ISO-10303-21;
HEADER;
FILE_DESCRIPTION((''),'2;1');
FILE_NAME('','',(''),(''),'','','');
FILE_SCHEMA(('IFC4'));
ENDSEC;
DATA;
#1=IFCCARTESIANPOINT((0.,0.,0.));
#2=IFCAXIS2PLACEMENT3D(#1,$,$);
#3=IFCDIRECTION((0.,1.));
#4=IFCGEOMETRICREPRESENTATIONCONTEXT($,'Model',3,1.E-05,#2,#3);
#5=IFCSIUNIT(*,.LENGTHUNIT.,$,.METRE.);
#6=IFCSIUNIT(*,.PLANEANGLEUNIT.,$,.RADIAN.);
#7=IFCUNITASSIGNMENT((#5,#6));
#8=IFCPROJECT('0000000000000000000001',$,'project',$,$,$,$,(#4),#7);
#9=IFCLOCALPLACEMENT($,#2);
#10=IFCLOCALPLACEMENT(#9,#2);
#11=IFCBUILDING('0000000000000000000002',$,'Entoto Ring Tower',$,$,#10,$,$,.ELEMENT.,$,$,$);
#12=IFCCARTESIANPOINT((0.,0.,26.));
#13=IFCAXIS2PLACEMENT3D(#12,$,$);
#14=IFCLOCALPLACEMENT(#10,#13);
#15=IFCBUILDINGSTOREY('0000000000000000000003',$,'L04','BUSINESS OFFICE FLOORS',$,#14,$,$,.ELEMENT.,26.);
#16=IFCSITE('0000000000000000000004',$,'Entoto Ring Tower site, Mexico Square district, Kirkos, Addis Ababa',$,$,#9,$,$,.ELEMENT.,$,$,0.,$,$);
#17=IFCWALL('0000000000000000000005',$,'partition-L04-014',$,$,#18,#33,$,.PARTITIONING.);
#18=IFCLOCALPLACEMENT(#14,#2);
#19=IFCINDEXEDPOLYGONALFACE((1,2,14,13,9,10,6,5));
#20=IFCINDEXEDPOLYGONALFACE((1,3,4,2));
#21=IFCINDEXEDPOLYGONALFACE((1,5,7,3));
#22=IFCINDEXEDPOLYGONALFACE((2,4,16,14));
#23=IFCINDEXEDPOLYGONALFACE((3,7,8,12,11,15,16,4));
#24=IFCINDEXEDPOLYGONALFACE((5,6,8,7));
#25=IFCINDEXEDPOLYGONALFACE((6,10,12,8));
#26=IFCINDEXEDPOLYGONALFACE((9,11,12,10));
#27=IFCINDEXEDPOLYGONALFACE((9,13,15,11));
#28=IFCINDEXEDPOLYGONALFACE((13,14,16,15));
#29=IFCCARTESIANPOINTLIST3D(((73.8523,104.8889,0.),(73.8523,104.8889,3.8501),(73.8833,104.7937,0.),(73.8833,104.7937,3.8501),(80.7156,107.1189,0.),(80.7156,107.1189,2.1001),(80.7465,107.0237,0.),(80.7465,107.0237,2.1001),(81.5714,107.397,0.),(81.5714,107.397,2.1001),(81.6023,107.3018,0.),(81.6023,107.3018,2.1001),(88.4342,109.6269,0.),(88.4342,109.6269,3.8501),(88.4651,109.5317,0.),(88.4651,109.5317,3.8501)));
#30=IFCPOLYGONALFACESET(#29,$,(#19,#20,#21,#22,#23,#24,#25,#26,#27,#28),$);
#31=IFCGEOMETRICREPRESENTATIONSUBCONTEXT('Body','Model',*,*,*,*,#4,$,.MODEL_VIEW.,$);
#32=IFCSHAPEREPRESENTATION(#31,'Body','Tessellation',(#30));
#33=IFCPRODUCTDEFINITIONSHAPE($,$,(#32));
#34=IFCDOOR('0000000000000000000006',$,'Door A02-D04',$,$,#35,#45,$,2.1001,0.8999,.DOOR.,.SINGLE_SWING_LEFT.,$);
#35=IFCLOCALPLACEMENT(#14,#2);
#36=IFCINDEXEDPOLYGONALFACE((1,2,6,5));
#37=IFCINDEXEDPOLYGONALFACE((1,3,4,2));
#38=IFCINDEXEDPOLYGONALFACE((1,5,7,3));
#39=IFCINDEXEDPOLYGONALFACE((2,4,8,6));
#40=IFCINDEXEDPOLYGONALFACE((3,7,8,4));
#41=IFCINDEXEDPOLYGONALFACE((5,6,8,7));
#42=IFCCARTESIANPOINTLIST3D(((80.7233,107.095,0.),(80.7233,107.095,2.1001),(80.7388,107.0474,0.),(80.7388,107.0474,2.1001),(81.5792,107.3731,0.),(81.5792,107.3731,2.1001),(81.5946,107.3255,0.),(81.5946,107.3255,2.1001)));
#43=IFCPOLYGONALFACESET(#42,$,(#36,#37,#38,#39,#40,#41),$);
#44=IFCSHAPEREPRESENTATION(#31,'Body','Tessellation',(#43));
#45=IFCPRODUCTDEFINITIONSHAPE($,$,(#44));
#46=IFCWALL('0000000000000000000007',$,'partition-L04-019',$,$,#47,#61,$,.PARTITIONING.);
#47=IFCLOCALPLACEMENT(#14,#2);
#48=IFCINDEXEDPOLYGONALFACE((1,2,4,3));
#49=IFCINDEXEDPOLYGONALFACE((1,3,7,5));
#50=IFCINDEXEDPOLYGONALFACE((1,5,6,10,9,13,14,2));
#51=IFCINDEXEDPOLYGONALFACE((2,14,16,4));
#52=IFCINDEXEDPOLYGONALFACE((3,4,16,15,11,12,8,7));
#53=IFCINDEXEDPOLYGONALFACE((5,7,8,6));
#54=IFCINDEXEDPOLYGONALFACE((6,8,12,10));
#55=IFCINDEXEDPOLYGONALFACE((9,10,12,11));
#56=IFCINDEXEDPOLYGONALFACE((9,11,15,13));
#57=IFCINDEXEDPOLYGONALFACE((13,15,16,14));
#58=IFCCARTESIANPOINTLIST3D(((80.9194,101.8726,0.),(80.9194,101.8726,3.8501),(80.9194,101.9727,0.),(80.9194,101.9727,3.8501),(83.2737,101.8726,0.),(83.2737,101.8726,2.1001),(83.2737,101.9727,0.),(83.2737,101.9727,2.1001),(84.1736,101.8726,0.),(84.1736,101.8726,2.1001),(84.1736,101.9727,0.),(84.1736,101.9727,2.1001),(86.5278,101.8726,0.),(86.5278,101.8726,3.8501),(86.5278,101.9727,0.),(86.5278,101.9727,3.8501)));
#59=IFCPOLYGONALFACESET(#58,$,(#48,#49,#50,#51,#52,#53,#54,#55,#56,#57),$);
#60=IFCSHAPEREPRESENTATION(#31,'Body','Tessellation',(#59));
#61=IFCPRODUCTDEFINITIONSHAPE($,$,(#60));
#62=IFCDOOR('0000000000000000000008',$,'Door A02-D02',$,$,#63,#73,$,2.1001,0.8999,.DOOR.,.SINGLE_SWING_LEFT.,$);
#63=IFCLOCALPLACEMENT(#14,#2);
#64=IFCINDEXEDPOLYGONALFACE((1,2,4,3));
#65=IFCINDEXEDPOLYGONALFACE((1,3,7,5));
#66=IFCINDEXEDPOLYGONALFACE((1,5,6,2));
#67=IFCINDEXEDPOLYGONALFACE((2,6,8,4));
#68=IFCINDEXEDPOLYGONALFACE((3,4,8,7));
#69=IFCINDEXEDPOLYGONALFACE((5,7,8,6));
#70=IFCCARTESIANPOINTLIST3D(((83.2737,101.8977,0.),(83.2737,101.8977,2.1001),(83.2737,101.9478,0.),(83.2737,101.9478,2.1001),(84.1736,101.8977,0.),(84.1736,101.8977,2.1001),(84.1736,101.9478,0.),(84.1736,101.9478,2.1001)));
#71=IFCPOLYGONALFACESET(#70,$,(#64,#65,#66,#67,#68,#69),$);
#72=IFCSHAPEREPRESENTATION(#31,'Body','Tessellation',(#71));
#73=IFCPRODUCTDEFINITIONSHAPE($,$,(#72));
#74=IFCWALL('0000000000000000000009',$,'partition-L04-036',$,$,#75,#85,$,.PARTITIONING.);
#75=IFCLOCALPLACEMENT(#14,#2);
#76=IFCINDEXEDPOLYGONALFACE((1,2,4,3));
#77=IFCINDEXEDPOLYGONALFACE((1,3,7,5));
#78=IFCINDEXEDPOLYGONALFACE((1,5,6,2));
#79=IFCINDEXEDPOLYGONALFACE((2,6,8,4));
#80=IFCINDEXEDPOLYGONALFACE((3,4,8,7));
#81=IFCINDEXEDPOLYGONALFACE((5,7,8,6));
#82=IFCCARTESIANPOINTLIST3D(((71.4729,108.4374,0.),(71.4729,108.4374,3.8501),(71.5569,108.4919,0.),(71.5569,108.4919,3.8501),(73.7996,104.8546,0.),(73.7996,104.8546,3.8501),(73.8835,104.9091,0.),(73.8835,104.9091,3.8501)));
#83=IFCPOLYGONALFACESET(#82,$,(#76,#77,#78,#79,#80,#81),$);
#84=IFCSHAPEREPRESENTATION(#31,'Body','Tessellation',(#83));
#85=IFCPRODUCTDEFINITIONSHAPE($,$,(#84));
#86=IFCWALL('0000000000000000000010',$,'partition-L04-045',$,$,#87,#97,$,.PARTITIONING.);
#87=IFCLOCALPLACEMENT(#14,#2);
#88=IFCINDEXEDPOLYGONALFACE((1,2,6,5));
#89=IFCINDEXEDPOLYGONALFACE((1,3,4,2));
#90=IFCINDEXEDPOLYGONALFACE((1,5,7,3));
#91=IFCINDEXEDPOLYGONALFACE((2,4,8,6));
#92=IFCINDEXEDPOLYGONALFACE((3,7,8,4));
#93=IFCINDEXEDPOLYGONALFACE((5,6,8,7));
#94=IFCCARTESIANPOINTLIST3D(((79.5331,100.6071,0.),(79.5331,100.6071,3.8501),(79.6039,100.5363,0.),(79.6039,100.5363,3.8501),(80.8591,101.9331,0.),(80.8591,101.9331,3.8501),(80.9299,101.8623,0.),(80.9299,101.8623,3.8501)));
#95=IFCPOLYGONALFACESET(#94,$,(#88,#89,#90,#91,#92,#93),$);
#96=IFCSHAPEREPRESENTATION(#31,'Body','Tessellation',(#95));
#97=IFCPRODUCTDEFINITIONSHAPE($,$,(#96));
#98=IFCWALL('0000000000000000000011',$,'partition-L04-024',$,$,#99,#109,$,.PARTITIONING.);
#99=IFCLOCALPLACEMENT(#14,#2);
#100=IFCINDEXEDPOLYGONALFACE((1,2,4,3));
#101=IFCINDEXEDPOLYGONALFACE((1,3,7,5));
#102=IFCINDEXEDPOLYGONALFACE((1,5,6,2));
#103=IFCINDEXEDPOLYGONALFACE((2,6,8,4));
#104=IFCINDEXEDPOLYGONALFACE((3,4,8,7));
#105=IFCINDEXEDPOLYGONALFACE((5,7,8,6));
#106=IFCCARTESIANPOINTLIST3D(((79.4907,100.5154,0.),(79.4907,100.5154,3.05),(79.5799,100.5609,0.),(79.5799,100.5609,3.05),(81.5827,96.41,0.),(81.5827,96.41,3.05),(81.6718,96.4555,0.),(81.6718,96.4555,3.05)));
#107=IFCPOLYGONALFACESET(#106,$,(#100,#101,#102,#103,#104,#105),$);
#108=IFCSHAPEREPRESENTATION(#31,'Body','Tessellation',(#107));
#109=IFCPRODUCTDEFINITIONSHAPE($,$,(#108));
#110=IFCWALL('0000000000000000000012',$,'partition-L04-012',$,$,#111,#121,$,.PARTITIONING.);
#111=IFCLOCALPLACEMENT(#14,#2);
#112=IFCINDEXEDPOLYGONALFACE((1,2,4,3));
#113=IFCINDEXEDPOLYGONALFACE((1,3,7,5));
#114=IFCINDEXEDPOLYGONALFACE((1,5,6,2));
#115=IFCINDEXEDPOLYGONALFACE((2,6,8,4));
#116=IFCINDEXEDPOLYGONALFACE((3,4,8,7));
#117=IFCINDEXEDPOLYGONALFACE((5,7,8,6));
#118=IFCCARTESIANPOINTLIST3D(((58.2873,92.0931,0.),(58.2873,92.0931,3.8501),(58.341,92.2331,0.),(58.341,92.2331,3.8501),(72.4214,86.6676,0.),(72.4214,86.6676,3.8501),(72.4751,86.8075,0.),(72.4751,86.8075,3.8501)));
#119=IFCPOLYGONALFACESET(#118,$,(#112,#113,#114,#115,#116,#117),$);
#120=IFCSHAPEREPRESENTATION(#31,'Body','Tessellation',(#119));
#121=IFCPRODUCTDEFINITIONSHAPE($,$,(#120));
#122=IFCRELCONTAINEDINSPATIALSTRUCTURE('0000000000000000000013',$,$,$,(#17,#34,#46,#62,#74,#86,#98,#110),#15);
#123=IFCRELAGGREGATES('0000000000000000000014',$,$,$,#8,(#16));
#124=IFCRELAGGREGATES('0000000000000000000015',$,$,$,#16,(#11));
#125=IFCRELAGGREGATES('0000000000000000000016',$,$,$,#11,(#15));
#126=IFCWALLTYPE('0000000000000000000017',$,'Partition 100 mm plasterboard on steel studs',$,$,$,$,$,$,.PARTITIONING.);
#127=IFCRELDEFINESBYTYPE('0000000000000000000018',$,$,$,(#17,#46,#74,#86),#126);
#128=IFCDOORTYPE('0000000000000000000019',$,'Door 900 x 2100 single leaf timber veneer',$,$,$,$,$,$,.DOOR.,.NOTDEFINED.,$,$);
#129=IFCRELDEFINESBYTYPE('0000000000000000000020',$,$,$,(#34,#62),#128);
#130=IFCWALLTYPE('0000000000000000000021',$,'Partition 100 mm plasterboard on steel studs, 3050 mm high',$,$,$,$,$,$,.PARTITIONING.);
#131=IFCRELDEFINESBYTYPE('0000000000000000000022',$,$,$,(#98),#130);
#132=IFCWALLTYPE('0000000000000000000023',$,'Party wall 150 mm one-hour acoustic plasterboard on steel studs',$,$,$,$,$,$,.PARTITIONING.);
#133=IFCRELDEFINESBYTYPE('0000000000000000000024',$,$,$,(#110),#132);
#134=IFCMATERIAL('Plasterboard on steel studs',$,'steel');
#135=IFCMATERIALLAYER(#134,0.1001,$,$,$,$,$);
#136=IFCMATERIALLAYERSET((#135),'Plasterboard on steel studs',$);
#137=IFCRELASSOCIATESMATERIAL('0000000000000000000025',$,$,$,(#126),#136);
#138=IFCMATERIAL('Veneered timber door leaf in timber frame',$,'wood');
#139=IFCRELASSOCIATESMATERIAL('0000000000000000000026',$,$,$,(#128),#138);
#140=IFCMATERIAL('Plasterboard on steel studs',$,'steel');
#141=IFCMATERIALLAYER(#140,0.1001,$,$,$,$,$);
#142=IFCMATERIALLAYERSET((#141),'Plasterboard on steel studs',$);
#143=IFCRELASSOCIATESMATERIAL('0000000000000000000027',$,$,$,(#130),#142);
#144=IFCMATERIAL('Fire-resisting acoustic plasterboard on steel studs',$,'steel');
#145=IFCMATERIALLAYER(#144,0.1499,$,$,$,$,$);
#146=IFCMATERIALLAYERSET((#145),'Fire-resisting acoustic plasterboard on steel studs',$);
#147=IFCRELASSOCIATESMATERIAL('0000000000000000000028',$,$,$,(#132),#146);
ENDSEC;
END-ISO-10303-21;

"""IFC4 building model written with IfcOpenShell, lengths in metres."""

from ifc_helpers import new_model, si_unit, direction, frame, frame_2d, origin, place, context, subcontext, project, spatial, rectangle, extrude, material, layer, layer_set, type_object, element, fill, save


model = new_model("IFC4")

# Units and contexts
model_context = context("Model", 3, precision=1e-05, world=origin(), true_north=direction((0.0, 1.0)))
body_context = subcontext(model_context, "Body", "Model", "MODEL_VIEW")
ifc_project = project(units=[si_unit("LENGTHUNIT", "METRE"), si_unit("PLANEANGLEUNIT", "RADIAN")], contexts=[model_context])

# Site, building, storey
site_placement = place(None, origin())
site = spatial("IfcSite", under=ifc_project, at=site_placement, Name="Entoto Ring Tower site, Mexico Square district, Kirkos, Addis Ababa", CompositionType="ELEMENT", RefElevation=0.0)
building_placement = place(site_placement, origin())
building = spatial("IfcBuilding", under=site, at=building_placement, Name="Entoto Ring Tower", CompositionType="ELEMENT")
storey_placement = place(building_placement, frame((0.0, 0.0, 26.0)))
storey = spatial("IfcBuildingStorey", under=building, at=storey_placement, Name="L04", Description="BUSINESS OFFICE FLOORS", CompositionType="ELEMENT", Elevation=26.0)

# Walls, openings, doors
ifc_material_1 = material(Name="Plasterboard on steel studs", Category="steel")
ifc_layer_1 = layer(ifc_material_1, 0.1001)
ifc_layer_set_1 = layer_set([ifc_layer_1], Name="Plasterboard on steel studs")
wall_type_1 = type_object("IfcWallType", Name="Partition 100 mm plasterboard on steel studs", PredefinedType="PARTITIONING", material=ifc_layer_set_1)
wall_1_placement = place(storey_placement, frame((73.8679, 104.8413, 0.0), z_axis=(0.0, 0.0, 1.0), x_axis=(0.951054, 0.309025, 0.0)))
wall_1 = element("IfcWall", 1, at=wall_1_placement, inside=storey, type_object=wall_type_1, Name="partition-L04-014", PredefinedType="PARTITIONING", context=body_context, shape_type="SweptSolid", body=[
    extrude(rectangle(XDim=15.3323, YDim=0.1001, at=frame_2d((7.666, 0.0))), origin(), (0.0, 0.0, 1.0), 3.8501),
])
opening_1_placement = place(wall_1_placement, frame((7.2163, 0.0, 0.0)))
opening_1 = element("IfcOpeningElement", 2, at=opening_1_placement, cuts=wall_1, PredefinedType="OPENING", context=body_context, shape_type="SweptSolid", body=[
    extrude(rectangle(XDim=0.8999, YDim=2.1001, at=frame_2d((0.45, 1.05))), frame((0.0, 0.0601, 0.0), z_axis=(0.0, -1.0, 0.0), x_axis=(1.0, 0.0, 0.0)), (0.0, 0.0, 1.0), 0.1201),
])
ifc_material_2 = material(Name="Veneered timber door leaf in timber frame", Category="wood")
door_type_1 = type_object("IfcDoorType", Name="Door 900 x 2100 single leaf timber veneer", OperationType="NOTDEFINED", PredefinedType="DOOR", material=ifc_material_2)
door_1_placement = place(opening_1_placement, origin())
door_1 = element("IfcDoor", 3, at=door_1_placement, inside=storey, type_object=door_type_1, Name="Door A02-D04", OperationType="SINGLE_SWING_LEFT", OverallHeight=2.1001, OverallWidth=0.8999, PredefinedType="DOOR", context=body_context, shape_type="SweptSolid", body=[
    extrude(rectangle(XDim=0.8999, YDim=2.1001, at=frame_2d((0.45, 1.05))), frame((0.0, 0.0249, 0.0), z_axis=(0.0, -1.0, 0.0), x_axis=(1.0, 0.0, 0.0)), (0.0, 0.0, 1.0), 0.05),
])
fill(opening_1, door_1)
wall_2_placement = place(storey_placement, frame((80.9194, 101.9226, 0.0), z_axis=(0.0, 0.0, 1.0), x_axis=(1.0, 0.0, 0.0)))
wall_2 = element("IfcWall", 4, at=wall_2_placement, inside=storey, type_object=wall_type_1, Name="partition-L04-019", PredefinedType="PARTITIONING", context=body_context, shape_type="SweptSolid", body=[
    extrude(rectangle(XDim=5.6084, YDim=0.1001, at=frame_2d((2.8042, 0.0))), origin(), (0.0, 0.0, 1.0), 3.8501),
])
opening_2_placement = place(wall_2_placement, frame((2.3542, 0.0, 0.0)))
opening_2 = element("IfcOpeningElement", 5, at=opening_2_placement, cuts=wall_2, PredefinedType="OPENING", context=body_context, shape_type="SweptSolid", body=[
    extrude(rectangle(XDim=0.8999, YDim=2.1001, at=frame_2d((0.45, 1.05))), frame((0.0, 0.0601, 0.0), z_axis=(0.0, -1.0, 0.0), x_axis=(1.0, 0.0, 0.0)), (0.0, 0.0, 1.0), 0.1201),
])
door_2_placement = place(opening_2_placement, frame((0.8999, 0.0, 0.0), z_axis=(0.0, 0.0, 1.0), x_axis=(-1.0, 0.0, 0.0)))
door_2 = element("IfcDoor", 6, at=door_2_placement, inside=storey, type_object=door_type_1, Name="Door A02-D02", OperationType="SINGLE_SWING_LEFT", OverallHeight=2.1001, OverallWidth=0.8999, PredefinedType="DOOR", context=body_context, shape_type="SweptSolid", body=[
    extrude(rectangle(XDim=0.8999, YDim=2.1001, at=frame_2d((0.45, 1.05))), frame((0.0, 0.0249, 0.0), z_axis=(0.0, -1.0, 0.0), x_axis=(1.0, 0.0, 0.0)), (0.0, 0.0, 1.0), 0.05),
])
fill(opening_2, door_2)

# Walls
wall_3_placement = place(storey_placement, frame((73.8416, 104.8818, 0.0), z_axis=(0.0, 0.0, 1.0), x_axis=(-0.544637, 0.838672, 0.0)))
element("IfcWall", 7, at=wall_3_placement, inside=storey, type_object=wall_type_1, Name="partition-L04-036", PredefinedType="PARTITIONING", context=body_context, shape_type="SweptSolid", body=[
    extrude(rectangle(XDim=4.272, YDim=0.1001, at=frame_2d((2.136, 0.0))), origin(), (0.0, 0.0, 1.0), 3.8501),
])
wall_4_placement = place(storey_placement, frame((79.5686, 100.5718, 0.0), z_axis=(0.0, 0.0, 1.0), x_axis=(0.707107, 0.707107, 0.0)))
element("IfcWall", 8, at=wall_4_placement, inside=storey, type_object=wall_type_1, Name="partition-L04-045", PredefinedType="PARTITIONING", context=body_context, shape_type="SweptSolid", body=[
    extrude(rectangle(XDim=1.8752, YDim=0.1001, at=frame_2d((0.9375, 0.0))), origin(), (0.0, 0.0, 1.0), 3.8501),
])
ifc_material_3 = material(Name="Plasterboard on steel studs", Category="steel")
ifc_layer_2 = layer(ifc_material_3, 0.1001)
ifc_layer_set_2 = layer_set([ifc_layer_2], Name="Plasterboard on steel studs")
wall_type_2 = type_object("IfcWallType", Name="Partition 100 mm plasterboard on steel studs, 3050 mm high", PredefinedType="PARTITIONING", material=ifc_layer_set_2)
wall_5_placement = place(storey_placement, frame((81.6272, 96.4329, 0.0), z_axis=(0.0, 0.0, 1.0), x_axis=(-0.454025, 0.890989, 0.0)))
element("IfcWall", 9, at=wall_5_placement, inside=storey, type_object=wall_type_2, Name="partition-L04-024", PredefinedType="PARTITIONING", context=body_context, shape_type="SweptSolid", body=[
    extrude(rectangle(XDim=4.6077, YDim=0.1001, at=frame_2d((2.3037, 0.0))), origin(), (0.0, 0.0, 1.0), 3.05),
])
ifc_material_4 = material(Name="Fire-resisting acoustic plasterboard on steel studs", Category="steel")
ifc_layer_3 = layer(ifc_material_4, 0.1499)
ifc_layer_set_3 = layer_set([ifc_layer_3], Name="Fire-resisting acoustic plasterboard on steel studs")
wall_type_3 = type_object("IfcWallType", Name="Party wall 150 mm one-hour acoustic plasterboard on steel studs", PredefinedType="PARTITIONING", material=ifc_layer_set_3)
wall_6_placement = place(storey_placement, frame((72.4482, 86.7375, 0.0), z_axis=(0.0, 0.0, 1.0), x_axis=(-0.933581, 0.358367, 0.0)))
element("IfcWall", 10, at=wall_6_placement, inside=storey, type_object=wall_type_3, Name="partition-L04-012", PredefinedType="PARTITIONING", context=body_context, shape_type="SweptSolid", body=[
    extrude(rectangle(XDim=15.1396, YDim=0.1499, at=frame_2d((7.5698, 0.0))), origin(), (0.0, 0.0, 1.0), 3.8501),
])

save(model, "model.ifc")
